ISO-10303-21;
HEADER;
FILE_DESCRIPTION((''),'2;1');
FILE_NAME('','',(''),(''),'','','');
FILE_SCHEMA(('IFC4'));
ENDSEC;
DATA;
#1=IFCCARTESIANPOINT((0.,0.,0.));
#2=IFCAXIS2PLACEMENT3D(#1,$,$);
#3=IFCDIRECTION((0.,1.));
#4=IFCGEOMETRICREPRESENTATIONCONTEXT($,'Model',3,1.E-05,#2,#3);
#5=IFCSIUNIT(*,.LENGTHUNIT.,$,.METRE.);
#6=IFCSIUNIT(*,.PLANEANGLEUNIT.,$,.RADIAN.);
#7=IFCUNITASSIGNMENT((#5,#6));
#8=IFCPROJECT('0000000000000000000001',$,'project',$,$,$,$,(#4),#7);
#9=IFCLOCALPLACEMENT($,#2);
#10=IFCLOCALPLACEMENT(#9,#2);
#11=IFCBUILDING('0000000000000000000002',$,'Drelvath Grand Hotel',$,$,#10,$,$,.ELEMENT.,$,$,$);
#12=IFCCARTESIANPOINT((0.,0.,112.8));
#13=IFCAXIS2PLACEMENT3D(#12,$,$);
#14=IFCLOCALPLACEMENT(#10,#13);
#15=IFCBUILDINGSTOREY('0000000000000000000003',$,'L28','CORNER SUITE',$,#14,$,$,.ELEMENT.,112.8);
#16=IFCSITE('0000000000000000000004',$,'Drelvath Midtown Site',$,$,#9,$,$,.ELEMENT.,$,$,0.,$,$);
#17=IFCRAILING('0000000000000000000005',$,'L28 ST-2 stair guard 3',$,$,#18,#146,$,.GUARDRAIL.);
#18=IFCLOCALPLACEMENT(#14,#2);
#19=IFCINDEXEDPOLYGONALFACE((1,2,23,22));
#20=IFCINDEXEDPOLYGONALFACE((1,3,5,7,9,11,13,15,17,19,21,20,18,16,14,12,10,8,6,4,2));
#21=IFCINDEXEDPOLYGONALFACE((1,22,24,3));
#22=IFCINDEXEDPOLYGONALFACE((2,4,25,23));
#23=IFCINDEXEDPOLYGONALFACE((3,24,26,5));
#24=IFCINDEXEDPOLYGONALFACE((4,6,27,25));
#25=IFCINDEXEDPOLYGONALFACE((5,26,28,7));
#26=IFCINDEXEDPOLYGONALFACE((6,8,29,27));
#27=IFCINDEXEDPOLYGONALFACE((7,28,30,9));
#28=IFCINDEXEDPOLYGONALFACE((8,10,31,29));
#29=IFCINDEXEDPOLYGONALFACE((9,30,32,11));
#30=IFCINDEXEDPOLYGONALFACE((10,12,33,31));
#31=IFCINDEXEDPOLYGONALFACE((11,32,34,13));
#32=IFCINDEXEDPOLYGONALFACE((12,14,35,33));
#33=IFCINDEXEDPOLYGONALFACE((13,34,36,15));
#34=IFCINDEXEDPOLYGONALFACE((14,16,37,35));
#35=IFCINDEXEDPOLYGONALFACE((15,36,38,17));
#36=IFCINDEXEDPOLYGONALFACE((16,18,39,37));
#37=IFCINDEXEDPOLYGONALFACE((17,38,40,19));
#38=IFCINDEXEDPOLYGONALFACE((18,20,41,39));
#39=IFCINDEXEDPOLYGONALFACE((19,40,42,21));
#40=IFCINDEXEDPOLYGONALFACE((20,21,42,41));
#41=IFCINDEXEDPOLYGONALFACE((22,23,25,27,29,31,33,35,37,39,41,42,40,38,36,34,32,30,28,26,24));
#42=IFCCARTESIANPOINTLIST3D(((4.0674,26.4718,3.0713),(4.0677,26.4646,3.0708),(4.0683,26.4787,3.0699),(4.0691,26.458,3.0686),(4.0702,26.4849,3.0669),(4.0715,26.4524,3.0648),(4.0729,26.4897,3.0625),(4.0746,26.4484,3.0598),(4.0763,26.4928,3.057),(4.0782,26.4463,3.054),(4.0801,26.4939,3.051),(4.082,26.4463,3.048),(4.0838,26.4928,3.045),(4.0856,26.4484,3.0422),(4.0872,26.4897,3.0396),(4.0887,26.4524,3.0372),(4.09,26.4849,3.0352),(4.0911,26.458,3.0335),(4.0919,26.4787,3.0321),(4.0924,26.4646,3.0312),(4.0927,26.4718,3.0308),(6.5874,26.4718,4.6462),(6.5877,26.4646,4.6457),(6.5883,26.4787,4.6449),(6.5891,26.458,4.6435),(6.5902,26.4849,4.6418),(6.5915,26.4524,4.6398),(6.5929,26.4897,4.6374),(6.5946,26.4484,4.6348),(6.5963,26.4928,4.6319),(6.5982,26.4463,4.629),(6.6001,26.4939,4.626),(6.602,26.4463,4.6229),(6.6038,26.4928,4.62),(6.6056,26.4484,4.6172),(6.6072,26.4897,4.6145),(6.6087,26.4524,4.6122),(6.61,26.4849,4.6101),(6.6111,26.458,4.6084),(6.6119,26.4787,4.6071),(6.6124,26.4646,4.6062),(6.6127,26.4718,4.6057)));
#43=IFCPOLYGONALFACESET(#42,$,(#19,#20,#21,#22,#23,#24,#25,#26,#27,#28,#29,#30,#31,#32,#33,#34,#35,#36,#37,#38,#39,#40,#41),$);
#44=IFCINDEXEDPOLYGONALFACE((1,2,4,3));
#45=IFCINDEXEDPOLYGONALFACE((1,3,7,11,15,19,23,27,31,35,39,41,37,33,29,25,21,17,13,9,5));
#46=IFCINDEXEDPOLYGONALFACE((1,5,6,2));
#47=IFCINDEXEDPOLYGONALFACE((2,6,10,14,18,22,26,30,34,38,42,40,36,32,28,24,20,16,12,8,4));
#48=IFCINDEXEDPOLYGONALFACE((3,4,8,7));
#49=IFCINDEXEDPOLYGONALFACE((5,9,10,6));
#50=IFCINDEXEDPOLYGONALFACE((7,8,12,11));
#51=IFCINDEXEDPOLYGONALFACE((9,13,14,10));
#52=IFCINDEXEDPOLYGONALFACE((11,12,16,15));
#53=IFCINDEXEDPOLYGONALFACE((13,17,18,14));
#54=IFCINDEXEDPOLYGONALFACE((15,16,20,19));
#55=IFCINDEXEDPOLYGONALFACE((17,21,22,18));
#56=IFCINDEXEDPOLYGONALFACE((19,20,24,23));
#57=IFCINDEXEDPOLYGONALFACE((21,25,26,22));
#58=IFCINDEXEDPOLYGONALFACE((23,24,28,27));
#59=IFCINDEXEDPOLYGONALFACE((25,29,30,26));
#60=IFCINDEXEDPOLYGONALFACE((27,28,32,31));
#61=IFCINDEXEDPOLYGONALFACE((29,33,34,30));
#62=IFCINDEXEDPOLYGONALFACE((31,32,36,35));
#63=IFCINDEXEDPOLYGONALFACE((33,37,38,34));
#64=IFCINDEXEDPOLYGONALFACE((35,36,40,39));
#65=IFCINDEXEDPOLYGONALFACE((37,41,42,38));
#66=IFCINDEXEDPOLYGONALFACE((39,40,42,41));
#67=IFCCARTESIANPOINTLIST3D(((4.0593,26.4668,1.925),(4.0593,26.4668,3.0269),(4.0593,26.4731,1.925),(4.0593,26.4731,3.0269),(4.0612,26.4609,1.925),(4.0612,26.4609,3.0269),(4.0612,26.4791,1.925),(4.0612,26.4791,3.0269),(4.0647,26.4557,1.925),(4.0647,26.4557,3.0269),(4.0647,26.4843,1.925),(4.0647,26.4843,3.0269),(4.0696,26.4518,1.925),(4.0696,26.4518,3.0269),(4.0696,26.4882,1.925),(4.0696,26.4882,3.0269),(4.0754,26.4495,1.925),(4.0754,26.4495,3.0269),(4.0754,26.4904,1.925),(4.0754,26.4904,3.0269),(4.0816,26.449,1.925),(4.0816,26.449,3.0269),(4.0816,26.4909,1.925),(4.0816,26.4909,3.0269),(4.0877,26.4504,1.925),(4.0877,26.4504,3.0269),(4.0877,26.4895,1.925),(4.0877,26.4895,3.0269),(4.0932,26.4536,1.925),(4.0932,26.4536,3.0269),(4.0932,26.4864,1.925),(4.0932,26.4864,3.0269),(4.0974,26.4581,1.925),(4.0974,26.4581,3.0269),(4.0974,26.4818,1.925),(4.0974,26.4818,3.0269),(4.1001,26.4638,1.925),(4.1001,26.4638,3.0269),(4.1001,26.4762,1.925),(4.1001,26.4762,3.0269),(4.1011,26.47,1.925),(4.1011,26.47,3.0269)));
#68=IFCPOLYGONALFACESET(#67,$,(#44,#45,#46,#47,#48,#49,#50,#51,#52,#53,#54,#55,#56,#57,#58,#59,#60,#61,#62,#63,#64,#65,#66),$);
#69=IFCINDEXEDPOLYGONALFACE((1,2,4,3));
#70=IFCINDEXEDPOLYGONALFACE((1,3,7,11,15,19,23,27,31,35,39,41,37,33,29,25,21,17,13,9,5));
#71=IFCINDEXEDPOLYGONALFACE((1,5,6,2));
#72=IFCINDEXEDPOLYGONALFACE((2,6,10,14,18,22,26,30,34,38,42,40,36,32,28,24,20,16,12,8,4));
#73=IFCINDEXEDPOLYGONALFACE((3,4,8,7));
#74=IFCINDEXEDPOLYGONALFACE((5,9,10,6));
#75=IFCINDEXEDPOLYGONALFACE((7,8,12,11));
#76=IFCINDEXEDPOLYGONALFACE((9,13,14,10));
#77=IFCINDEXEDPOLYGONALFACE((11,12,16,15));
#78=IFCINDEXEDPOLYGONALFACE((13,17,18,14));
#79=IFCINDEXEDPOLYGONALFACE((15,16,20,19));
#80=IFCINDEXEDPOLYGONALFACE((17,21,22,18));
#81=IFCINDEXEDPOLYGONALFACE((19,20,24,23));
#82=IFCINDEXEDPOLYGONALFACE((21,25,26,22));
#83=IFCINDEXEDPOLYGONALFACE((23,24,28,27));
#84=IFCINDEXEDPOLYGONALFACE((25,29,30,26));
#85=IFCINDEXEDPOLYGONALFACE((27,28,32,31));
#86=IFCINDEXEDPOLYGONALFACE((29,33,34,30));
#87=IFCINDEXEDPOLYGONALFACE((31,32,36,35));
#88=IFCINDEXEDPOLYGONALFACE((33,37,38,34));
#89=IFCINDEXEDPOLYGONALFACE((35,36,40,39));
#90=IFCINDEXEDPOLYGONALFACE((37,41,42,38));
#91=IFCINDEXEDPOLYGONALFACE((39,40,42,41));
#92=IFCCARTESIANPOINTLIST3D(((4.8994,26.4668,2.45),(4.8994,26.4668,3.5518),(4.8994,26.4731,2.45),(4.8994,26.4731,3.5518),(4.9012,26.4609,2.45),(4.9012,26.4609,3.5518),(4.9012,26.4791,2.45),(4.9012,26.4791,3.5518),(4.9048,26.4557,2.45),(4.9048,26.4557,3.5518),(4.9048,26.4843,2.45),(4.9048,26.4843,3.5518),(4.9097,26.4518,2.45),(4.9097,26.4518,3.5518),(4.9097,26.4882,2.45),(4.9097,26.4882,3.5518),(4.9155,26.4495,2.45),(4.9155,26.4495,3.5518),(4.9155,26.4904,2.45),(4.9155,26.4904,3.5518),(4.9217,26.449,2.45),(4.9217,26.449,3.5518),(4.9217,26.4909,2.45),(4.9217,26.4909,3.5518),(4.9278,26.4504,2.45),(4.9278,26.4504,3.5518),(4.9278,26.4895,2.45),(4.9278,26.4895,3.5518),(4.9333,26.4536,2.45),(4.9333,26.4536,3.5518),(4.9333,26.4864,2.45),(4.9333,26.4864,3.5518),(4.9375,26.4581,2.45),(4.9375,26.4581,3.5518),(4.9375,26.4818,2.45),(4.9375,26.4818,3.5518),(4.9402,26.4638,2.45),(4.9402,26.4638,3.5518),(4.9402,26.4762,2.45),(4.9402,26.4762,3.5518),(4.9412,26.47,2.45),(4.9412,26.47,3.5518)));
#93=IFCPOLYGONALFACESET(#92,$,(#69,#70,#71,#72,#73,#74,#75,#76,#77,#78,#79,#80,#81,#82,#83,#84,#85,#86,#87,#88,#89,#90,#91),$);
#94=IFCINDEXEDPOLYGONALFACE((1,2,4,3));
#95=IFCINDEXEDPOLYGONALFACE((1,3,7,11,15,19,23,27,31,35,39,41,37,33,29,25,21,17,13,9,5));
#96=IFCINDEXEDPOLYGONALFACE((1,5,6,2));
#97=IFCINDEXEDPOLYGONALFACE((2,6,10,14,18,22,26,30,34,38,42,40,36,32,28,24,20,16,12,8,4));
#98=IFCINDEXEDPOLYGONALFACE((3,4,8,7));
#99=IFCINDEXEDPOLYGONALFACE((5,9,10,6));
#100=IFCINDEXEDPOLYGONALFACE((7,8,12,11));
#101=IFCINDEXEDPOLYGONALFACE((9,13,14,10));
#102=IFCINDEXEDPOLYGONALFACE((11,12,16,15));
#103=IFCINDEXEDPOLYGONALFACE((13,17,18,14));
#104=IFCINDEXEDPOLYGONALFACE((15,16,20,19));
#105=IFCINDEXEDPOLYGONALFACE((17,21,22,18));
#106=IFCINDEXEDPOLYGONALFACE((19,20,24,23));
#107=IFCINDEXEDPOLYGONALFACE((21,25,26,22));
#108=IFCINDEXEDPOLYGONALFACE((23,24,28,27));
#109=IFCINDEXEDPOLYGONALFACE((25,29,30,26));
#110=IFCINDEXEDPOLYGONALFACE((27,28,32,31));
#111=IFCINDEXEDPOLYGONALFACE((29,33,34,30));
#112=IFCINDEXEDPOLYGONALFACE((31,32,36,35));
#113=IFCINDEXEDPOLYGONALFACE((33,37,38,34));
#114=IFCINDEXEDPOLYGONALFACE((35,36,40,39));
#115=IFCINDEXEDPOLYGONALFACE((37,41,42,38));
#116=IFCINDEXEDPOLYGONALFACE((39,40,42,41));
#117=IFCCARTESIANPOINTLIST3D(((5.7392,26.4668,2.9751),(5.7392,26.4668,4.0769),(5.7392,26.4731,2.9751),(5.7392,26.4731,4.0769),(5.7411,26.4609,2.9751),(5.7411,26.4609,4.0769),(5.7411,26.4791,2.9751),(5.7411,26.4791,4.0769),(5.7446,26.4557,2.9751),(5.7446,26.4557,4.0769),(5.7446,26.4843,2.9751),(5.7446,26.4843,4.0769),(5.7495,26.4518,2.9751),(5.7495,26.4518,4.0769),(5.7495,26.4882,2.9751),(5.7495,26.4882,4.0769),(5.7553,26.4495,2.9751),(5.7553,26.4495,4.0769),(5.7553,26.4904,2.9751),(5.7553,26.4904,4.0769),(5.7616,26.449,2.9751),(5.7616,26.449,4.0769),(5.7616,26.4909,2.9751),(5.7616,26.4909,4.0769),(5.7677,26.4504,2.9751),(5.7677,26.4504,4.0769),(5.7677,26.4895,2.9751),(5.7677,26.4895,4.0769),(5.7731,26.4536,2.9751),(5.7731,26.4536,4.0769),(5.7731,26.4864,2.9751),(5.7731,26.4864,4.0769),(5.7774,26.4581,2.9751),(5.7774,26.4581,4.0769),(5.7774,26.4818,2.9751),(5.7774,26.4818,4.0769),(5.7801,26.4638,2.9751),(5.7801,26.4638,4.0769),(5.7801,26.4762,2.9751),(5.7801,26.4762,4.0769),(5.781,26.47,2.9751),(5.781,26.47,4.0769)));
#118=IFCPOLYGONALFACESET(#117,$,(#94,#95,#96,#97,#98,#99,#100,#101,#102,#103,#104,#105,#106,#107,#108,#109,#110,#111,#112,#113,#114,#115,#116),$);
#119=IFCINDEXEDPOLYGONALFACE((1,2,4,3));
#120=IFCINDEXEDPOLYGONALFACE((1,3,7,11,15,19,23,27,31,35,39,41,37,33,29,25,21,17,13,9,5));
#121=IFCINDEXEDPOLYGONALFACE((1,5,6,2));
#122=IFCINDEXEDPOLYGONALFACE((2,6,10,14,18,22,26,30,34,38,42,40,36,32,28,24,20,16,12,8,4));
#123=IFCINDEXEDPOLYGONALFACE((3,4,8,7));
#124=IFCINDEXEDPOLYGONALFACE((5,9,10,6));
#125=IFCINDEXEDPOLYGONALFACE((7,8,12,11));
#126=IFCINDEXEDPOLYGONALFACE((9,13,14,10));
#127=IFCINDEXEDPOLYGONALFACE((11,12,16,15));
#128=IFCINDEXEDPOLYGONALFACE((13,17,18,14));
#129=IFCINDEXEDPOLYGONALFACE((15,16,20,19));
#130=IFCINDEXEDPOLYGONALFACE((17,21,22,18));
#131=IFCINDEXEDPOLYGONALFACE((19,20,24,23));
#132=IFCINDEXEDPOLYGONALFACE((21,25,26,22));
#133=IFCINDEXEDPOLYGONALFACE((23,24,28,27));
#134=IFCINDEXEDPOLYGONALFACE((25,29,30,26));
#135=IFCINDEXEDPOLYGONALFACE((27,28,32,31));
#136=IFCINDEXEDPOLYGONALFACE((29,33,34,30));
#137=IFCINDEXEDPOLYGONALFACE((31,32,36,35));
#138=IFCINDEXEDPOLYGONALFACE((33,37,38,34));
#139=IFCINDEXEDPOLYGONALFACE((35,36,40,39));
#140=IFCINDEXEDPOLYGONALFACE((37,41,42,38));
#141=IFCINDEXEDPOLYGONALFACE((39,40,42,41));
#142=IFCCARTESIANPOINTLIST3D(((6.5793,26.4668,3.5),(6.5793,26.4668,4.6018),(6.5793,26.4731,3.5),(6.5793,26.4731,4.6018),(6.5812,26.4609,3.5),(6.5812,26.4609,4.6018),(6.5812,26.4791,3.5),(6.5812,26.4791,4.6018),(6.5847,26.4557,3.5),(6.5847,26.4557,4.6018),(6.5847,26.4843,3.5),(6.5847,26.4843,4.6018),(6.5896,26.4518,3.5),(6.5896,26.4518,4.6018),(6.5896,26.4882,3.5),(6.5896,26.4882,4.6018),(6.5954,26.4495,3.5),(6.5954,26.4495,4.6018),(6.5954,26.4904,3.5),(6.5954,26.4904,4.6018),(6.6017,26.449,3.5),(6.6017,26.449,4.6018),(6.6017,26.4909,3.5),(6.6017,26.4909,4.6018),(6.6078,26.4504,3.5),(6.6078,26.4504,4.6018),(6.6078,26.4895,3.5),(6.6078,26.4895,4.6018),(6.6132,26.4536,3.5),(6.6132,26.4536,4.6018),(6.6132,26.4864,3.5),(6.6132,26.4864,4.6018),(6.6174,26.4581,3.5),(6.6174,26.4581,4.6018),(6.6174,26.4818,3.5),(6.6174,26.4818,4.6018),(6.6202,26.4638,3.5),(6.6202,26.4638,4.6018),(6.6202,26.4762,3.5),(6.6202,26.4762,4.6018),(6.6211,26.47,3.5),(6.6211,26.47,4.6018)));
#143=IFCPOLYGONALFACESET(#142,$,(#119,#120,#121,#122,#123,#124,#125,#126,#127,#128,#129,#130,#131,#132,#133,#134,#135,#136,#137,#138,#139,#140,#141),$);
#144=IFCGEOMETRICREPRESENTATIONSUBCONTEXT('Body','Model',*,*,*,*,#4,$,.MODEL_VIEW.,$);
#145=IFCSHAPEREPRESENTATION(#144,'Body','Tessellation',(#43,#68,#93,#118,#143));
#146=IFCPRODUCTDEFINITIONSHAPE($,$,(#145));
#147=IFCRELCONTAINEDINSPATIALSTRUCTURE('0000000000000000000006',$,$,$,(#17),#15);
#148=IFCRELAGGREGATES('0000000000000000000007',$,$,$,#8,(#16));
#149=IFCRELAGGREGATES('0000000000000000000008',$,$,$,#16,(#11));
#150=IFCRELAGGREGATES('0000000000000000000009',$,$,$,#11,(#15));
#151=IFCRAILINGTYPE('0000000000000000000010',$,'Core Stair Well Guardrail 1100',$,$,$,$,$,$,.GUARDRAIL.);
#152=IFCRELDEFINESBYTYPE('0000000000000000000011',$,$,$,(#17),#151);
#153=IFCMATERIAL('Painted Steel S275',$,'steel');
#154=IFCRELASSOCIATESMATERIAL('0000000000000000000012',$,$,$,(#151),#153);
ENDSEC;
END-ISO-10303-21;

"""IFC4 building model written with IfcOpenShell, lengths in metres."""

from ifc_helpers import new_model, si_unit, direction, frame, origin, origin_2d, place, context, subcontext, project, spatial, circle, extrude, material, type_object, element, save


model = new_model("IFC4")

# Units and contexts
model_context = context("Model", 3, precision=1e-05, world=origin(), true_north=direction((0.0, 1.0)))
body_context = subcontext(model_context, "Body", "Model", "MODEL_VIEW")
ifc_project = project(units=[si_unit("LENGTHUNIT", "METRE"), si_unit("PLANEANGLEUNIT", "RADIAN")], contexts=[model_context])

# Site, building, storey
site_placement = place(None, origin())
site = spatial("IfcSite", under=ifc_project, at=site_placement, Name="Drelvath Midtown Site", CompositionType="ELEMENT", RefElevation=0.0)
building_placement = place(site_placement, origin())
building = spatial("IfcBuilding", under=site, at=building_placement, Name="Drelvath Grand Hotel", CompositionType="ELEMENT")
storey_placement = place(building_placement, frame((0.0, 0.0, 112.8)))
storey = spatial("IfcBuildingStorey", under=building, at=storey_placement, Name="L28", Description="CORNER SUITE", CompositionType="ELEMENT", Elevation=112.8)

# Railing
ifc_material_1 = material(Name="Painted Steel S275", Category="steel")
railing_type_1 = type_object("IfcRailingType", Name="Core Stair Well Guardrail 1100", PredefinedType="GUARDRAIL", material=ifc_material_1)
railing_1_placement = place(storey_placement, frame((4.0801, 26.47, 1.925)))
element("IfcRailing", 1, at=railing_1_placement, inside=storey, type_object=railing_type_1, Name="L28 ST-2 stair guard 3", PredefinedType="GUARDRAIL", context=body_context, shape_type="SweptSolid", body=[
    extrude(circle(Radius=0.0239, at=origin_2d()), frame((0.0, 0.0, 1.126), z_axis=(0.848008, 0.0, 0.529984), x_axis=(0.0, 1.0, 0.0)), (0.0, 0.0, 1.0), 2.9717),
    extrude(circle(Radius=0.021, at=origin_2d()), origin(), (0.0, 0.0, 1.0), 1.1018),
    extrude(circle(Radius=0.021, at=origin_2d()), frame((0.8401, 0.0, 0.5249)), (0.0, 0.0, 1.0), 1.1018),
    extrude(circle(Radius=0.021, at=origin_2d()), frame((1.6799, 0.0, 1.05)), (0.0, 0.0, 1.0), 1.1018),
    extrude(circle(Radius=0.021, at=origin_2d()), frame((2.52, 0.0, 1.575)), (0.0, 0.0, 1.0), 1.1018),
])

save(model, "model.ifc")
